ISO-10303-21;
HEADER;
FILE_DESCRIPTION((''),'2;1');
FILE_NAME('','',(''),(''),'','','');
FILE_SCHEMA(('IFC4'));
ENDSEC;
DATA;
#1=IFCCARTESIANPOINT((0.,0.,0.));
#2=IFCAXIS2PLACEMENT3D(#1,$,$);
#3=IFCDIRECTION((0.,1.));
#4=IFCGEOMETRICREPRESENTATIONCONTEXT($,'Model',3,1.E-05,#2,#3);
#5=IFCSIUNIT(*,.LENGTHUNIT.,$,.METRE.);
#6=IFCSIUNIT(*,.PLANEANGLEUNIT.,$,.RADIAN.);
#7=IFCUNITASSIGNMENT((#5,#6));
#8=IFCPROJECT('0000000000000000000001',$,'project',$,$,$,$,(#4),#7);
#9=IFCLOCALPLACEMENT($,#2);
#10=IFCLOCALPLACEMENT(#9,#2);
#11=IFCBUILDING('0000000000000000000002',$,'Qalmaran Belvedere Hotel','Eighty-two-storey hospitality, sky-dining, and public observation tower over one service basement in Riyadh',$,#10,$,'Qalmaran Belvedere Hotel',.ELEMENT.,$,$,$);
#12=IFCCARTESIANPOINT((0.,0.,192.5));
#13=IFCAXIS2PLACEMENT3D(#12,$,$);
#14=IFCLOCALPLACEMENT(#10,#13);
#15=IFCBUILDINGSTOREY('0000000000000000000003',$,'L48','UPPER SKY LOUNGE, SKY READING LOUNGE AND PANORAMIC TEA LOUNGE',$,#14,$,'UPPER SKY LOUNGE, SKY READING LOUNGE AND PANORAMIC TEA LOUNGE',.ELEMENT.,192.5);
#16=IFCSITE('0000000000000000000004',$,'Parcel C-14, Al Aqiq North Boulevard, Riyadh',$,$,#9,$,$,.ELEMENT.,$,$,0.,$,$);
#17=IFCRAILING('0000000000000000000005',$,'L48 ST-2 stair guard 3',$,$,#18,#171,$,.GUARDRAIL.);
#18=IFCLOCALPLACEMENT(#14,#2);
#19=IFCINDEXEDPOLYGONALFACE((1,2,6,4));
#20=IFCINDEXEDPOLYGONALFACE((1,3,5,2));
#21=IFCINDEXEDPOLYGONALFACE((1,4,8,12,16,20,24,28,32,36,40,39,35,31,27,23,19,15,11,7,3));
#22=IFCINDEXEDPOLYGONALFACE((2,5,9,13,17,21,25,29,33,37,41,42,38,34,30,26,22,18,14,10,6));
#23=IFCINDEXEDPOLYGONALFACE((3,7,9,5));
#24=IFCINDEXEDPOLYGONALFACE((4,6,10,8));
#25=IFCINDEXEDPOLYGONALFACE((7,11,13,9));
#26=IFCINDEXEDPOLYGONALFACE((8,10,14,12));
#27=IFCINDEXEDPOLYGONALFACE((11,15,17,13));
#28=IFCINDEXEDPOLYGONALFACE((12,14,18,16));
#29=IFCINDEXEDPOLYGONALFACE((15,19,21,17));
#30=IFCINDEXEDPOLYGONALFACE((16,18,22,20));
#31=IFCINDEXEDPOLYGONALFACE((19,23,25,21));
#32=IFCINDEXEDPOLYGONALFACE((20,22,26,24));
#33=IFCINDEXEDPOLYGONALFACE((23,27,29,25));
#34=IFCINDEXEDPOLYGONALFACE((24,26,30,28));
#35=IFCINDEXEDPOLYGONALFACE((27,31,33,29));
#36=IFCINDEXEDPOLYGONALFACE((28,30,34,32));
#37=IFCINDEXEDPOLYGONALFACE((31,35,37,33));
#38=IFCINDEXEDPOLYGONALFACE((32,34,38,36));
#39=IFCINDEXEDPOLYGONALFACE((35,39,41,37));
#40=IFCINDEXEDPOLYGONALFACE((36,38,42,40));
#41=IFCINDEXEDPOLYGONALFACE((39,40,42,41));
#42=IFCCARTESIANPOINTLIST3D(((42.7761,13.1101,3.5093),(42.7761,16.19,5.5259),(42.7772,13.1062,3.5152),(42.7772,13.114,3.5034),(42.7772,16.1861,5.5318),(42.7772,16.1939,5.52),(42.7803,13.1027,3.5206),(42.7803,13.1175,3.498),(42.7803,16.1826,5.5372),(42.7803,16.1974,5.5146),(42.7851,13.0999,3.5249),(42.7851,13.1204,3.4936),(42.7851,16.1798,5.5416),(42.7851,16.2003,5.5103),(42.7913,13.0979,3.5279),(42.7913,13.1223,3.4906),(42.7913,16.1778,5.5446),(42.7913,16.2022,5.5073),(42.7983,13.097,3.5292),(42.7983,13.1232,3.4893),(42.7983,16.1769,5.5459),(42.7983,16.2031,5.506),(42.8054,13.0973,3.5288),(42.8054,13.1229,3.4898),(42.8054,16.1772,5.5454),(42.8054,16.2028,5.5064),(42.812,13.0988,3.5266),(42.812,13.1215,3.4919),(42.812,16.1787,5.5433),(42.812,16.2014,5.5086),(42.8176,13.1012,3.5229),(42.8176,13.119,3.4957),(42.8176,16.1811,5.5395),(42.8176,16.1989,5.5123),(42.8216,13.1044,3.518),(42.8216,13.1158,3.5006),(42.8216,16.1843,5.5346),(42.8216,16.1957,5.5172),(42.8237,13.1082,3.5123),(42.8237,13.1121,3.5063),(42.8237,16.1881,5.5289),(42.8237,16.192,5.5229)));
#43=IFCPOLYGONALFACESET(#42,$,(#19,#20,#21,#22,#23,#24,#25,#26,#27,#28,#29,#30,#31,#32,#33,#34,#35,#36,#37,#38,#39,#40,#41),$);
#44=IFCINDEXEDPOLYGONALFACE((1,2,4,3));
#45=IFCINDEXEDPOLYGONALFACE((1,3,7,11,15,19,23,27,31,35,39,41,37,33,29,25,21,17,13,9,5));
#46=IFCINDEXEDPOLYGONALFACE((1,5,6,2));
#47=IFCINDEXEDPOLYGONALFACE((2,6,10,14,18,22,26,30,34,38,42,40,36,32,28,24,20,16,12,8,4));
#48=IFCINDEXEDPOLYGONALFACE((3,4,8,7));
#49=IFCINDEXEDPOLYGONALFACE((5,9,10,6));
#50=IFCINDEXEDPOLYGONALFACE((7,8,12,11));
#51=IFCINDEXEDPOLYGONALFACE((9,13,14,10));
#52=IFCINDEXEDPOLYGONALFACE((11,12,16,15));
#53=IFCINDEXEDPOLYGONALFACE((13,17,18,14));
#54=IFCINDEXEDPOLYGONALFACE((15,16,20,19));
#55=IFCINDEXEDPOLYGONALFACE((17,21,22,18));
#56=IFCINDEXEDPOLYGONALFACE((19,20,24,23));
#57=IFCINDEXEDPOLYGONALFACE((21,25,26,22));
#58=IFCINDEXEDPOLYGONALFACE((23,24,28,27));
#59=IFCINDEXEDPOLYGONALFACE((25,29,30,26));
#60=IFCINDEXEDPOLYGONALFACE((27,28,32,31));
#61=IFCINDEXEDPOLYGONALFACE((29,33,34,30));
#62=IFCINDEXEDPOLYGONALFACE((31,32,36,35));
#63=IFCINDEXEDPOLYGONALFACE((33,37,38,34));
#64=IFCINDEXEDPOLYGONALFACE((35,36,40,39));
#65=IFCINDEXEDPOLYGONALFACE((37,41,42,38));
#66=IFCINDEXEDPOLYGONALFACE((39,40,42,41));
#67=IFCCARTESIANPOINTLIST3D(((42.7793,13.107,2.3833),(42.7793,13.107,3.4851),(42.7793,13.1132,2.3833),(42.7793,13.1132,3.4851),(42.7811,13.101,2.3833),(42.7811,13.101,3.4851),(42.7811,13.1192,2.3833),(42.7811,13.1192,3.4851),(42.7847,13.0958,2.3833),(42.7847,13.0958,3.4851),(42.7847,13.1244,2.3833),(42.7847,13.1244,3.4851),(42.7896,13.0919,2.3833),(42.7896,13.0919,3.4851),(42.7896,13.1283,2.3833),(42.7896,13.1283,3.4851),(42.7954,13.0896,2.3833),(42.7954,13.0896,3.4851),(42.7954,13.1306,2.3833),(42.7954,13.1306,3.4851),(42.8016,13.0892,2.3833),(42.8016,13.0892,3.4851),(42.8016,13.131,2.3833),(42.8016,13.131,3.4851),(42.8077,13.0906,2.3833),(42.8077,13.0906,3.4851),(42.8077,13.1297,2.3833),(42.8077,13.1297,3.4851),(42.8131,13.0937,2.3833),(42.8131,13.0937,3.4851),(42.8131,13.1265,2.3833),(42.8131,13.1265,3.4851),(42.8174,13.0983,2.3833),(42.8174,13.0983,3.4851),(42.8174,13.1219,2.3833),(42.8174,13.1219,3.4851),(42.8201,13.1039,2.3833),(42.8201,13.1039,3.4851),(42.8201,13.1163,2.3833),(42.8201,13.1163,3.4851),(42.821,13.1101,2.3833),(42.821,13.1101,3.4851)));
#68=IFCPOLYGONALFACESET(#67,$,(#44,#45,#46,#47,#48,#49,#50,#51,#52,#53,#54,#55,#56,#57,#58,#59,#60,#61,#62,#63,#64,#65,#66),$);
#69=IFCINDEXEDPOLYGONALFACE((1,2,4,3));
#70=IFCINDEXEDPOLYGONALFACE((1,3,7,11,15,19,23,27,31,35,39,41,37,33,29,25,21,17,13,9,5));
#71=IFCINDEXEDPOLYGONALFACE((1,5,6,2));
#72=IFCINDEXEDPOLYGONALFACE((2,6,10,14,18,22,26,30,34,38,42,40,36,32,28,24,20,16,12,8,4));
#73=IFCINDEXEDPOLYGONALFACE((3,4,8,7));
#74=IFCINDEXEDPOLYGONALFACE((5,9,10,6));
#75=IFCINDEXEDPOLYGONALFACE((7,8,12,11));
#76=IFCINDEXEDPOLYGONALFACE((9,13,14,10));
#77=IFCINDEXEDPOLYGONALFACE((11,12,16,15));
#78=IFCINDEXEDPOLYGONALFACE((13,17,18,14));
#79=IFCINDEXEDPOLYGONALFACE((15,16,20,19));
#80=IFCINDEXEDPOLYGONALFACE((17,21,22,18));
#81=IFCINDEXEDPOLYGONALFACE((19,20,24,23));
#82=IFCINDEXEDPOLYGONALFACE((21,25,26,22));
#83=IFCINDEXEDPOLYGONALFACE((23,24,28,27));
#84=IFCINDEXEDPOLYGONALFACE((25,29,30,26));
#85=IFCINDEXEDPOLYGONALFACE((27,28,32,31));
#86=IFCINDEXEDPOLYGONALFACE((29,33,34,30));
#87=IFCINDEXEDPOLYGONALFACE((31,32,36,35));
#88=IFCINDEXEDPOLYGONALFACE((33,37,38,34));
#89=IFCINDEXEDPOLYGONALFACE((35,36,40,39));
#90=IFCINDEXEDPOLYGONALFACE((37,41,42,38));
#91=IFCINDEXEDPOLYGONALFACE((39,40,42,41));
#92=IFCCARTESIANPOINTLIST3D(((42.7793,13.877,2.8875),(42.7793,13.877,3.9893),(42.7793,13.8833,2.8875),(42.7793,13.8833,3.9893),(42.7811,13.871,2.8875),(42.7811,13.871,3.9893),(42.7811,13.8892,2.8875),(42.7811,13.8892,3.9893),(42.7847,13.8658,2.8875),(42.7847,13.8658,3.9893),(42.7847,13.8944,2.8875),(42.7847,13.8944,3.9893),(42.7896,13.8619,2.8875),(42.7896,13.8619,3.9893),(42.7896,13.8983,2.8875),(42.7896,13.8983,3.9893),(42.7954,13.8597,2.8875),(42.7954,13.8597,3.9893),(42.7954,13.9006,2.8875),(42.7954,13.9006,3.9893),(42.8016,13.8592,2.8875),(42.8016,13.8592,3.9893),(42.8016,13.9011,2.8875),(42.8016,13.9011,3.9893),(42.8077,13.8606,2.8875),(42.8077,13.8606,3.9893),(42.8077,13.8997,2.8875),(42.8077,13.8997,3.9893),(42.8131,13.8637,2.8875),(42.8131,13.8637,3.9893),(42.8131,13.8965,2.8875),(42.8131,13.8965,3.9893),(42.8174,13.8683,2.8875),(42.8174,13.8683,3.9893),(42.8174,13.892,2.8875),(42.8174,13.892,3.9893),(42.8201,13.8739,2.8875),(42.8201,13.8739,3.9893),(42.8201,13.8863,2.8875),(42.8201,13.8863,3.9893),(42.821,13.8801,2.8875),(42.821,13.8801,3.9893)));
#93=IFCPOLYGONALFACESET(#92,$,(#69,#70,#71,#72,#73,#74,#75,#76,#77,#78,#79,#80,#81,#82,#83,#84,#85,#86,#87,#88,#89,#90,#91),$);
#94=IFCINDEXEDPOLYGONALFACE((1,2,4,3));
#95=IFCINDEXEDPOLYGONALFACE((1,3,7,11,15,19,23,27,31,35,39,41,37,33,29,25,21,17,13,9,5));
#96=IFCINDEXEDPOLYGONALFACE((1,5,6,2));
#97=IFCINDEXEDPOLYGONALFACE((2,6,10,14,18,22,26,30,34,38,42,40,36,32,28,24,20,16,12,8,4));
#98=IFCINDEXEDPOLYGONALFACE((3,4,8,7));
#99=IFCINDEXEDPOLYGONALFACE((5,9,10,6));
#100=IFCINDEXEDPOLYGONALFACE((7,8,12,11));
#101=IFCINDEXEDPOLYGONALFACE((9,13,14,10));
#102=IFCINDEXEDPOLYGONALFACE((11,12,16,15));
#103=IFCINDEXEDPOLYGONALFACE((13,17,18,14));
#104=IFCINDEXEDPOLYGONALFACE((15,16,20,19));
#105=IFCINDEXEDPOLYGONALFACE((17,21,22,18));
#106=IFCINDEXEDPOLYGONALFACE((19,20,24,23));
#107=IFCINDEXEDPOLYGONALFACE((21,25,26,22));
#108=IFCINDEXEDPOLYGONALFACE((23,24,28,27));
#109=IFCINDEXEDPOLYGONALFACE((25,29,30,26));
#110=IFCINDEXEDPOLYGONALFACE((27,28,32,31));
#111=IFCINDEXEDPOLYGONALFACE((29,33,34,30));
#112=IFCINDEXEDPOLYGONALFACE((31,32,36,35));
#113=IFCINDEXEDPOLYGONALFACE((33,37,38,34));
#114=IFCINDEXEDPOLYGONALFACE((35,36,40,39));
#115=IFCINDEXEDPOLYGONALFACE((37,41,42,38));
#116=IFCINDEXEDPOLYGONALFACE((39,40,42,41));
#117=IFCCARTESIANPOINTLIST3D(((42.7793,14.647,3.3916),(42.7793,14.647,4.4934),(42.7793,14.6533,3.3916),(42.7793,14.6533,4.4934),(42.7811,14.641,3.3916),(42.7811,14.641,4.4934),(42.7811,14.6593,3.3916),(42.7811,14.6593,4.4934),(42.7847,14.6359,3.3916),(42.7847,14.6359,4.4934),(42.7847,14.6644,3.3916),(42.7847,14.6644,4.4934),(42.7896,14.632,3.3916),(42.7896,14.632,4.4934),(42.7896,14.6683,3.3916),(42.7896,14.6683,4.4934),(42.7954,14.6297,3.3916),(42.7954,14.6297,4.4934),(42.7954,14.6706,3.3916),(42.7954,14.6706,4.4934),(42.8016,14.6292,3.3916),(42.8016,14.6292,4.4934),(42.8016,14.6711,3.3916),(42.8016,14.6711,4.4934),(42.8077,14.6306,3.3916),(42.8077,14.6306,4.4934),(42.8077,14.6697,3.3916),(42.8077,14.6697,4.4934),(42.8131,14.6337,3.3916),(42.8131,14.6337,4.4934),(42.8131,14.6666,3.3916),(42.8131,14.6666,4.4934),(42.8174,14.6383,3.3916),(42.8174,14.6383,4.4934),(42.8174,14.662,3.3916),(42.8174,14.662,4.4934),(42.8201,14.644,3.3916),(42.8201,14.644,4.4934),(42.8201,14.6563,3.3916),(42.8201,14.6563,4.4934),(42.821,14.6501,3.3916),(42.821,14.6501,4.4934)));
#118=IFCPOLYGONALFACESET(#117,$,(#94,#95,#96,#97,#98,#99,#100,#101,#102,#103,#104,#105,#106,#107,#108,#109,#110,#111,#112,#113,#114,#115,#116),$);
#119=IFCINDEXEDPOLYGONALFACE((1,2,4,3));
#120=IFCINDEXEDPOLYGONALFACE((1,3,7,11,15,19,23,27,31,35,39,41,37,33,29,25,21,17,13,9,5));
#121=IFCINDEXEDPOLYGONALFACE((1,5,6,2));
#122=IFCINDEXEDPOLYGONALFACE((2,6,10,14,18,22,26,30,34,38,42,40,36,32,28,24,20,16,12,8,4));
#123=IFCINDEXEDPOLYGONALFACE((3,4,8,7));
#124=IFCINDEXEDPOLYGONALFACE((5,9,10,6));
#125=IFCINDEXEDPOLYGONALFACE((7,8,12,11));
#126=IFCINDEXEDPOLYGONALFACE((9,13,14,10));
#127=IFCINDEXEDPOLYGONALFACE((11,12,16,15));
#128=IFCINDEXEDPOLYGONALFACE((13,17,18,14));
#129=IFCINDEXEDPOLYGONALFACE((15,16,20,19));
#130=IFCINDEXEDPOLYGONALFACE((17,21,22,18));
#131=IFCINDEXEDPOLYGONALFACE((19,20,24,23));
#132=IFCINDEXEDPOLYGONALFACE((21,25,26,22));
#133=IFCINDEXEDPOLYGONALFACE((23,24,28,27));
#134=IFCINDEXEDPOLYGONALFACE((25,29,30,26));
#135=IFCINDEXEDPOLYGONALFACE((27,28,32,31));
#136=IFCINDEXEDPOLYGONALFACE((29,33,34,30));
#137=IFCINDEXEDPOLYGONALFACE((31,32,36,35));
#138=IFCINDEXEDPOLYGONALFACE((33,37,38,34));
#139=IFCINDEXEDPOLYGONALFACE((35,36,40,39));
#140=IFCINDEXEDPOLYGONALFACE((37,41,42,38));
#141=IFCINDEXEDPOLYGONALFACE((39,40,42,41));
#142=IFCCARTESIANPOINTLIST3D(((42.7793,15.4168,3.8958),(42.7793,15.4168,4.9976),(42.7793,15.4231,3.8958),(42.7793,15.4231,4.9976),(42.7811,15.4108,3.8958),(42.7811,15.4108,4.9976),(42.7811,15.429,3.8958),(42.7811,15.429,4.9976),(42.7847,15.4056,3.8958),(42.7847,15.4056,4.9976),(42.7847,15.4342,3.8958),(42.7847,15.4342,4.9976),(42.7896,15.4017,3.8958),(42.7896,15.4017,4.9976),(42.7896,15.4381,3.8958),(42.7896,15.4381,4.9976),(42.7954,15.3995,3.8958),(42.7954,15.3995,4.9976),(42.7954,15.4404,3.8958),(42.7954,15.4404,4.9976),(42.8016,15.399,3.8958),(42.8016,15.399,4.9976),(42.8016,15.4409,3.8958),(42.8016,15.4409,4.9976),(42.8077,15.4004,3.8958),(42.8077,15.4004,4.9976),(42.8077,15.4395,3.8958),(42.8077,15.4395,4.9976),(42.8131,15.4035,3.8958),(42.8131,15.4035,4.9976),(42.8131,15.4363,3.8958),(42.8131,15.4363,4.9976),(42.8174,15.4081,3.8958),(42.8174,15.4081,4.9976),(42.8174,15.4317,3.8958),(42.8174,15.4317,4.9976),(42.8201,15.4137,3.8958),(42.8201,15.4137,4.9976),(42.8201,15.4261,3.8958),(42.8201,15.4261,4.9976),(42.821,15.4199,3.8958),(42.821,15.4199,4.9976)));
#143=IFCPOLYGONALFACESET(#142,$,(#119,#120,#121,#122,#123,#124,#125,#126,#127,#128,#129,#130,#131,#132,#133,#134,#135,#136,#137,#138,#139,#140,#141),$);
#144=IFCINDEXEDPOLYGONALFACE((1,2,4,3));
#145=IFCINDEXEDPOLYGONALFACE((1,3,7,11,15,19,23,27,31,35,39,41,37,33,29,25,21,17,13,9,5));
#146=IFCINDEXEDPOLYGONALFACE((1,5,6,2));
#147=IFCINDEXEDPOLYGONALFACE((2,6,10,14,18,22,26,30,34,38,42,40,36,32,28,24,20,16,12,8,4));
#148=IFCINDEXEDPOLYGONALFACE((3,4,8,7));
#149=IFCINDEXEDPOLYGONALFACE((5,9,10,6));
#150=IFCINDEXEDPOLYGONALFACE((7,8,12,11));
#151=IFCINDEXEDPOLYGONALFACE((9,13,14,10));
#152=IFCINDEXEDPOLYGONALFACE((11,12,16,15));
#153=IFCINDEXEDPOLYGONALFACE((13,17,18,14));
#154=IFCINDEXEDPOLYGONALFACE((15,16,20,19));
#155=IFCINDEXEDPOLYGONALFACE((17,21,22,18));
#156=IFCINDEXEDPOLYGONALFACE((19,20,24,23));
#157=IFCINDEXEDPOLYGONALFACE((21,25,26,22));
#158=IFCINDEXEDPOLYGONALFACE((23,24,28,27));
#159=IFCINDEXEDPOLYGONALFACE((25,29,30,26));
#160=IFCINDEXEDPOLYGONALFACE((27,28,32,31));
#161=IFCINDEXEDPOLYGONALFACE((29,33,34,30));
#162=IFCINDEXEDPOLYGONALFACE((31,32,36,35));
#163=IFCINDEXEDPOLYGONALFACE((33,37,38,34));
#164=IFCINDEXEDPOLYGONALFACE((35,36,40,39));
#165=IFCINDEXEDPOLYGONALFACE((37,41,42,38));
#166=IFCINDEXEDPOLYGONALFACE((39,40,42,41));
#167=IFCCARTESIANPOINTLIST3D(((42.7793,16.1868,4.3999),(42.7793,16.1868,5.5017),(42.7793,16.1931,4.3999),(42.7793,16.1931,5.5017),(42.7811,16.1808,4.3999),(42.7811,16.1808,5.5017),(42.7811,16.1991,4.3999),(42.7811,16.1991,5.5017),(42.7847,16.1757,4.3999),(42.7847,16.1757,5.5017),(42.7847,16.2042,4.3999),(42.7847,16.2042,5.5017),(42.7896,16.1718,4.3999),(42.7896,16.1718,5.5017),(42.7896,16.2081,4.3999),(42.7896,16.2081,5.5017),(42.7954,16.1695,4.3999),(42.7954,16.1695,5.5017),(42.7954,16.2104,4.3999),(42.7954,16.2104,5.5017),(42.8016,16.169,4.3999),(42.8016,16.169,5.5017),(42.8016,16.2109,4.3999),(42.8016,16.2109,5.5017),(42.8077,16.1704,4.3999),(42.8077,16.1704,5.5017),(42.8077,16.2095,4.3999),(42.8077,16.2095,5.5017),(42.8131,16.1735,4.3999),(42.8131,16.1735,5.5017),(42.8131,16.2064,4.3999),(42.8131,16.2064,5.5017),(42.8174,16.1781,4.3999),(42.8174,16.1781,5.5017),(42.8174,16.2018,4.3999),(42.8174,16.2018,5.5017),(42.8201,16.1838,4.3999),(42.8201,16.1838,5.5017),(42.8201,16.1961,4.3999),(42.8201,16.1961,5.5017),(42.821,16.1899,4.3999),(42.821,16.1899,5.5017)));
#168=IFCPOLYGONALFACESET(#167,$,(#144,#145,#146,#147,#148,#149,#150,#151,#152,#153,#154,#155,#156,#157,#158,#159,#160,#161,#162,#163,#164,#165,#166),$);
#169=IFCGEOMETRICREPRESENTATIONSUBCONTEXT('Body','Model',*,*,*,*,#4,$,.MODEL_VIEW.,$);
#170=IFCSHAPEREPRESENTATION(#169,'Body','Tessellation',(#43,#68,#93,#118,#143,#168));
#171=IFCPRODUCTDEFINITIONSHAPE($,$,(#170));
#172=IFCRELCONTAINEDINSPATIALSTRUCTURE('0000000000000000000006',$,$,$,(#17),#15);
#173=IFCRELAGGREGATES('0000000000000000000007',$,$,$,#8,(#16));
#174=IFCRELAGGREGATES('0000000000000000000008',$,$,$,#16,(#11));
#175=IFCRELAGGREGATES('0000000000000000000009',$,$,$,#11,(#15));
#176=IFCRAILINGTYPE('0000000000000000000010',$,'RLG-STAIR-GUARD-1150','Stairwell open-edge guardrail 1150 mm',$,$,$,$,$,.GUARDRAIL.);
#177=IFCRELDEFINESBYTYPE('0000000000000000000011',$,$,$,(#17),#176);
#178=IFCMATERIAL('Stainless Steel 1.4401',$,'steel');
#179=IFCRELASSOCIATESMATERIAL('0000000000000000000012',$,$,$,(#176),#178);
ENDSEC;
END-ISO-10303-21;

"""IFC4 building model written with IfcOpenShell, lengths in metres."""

from ifc_helpers import new_model, si_unit, direction, frame, origin, origin_2d, place, context, subcontext, project, spatial, circle, extrude, material, type_object, element, save


model = new_model("IFC4")

# Units and contexts
model_context = context("Model", 3, precision=1e-05, world=origin(), true_north=direction((0.0, 1.0)))
body_context = subcontext(model_context, "Body", "Model", "MODEL_VIEW")
ifc_project = project(units=[si_unit("LENGTHUNIT", "METRE"), si_unit("PLANEANGLEUNIT", "RADIAN")], contexts=[model_context])

# Site, building, storey
site_placement = place(None, origin())
site = spatial("IfcSite", under=ifc_project, at=site_placement, Name="Parcel C-14, Al Aqiq North Boulevard, Riyadh", CompositionType="ELEMENT", RefElevation=0.0)
building_placement = place(site_placement, origin())
building = spatial("IfcBuilding", under=site, at=building_placement, Name="Qalmaran Belvedere Hotel", Description="Eighty-two-storey hospitality, sky-dining, and public observation tower over one service basement in Riyadh", LongName="Qalmaran Belvedere Hotel", CompositionType="ELEMENT")
storey_placement = place(building_placement, frame((0.0, 0.0, 192.5)))
storey = spatial("IfcBuildingStorey", under=building, at=storey_placement, Name="L48", Description="UPPER SKY LOUNGE, SKY READING LOUNGE AND PANORAMIC TEA LOUNGE", LongName="UPPER SKY LOUNGE, SKY READING LOUNGE AND PANORAMIC TEA LOUNGE", CompositionType="ELEMENT", Elevation=192.5)

# Railing
ifc_material_1 = material(Name="Stainless Steel 1.4401", Category="steel")
railing_type_1 = type_object("IfcRailingType", Name="RLG-STAIR-GUARD-1150", Description="Stairwell open-edge guardrail 1150 mm", PredefinedType="GUARDRAIL", material=ifc_material_1)
railing_1_placement = place(storey_placement, frame((42.8, 13.1101, 2.3833)))
element("IfcRailing", 1, at=railing_1_placement, inside=storey, type_object=railing_type_1, Name="L48 ST-2 stair guard 3", PredefinedType="GUARDRAIL", context=body_context, shape_type="SweptSolid", body=[
    extrude(circle(Radius=0.0239, at=origin_2d()), frame((0.0, 0.0, 1.126), z_axis=(0.0, 0.836613, 0.547794), x_axis=(-1.0, 0.0, 0.0)), (0.0, 0.0, 1.0), 3.6814),
    extrude(circle(Radius=0.021, at=origin_2d()), origin(), (0.0, 0.0, 1.0), 1.1018),
    extrude(circle(Radius=0.021, at=origin_2d()), frame((0.0, 0.77, 0.5042)), (0.0, 0.0, 1.0), 1.1018),
    extrude(circle(Radius=0.021, at=origin_2d()), frame((0.0, 1.54, 1.0083)), (0.0, 0.0, 1.0), 1.1018),
    extrude(circle(Radius=0.021, at=origin_2d()), frame((0.0, 2.3098, 1.5125)), (0.0, 0.0, 1.0), 1.1018),
    extrude(circle(Radius=0.021, at=origin_2d()), frame((0.0, 3.0798, 2.0166)), (0.0, 0.0, 1.0), 1.1018),
])

save(model, "model.ifc")
